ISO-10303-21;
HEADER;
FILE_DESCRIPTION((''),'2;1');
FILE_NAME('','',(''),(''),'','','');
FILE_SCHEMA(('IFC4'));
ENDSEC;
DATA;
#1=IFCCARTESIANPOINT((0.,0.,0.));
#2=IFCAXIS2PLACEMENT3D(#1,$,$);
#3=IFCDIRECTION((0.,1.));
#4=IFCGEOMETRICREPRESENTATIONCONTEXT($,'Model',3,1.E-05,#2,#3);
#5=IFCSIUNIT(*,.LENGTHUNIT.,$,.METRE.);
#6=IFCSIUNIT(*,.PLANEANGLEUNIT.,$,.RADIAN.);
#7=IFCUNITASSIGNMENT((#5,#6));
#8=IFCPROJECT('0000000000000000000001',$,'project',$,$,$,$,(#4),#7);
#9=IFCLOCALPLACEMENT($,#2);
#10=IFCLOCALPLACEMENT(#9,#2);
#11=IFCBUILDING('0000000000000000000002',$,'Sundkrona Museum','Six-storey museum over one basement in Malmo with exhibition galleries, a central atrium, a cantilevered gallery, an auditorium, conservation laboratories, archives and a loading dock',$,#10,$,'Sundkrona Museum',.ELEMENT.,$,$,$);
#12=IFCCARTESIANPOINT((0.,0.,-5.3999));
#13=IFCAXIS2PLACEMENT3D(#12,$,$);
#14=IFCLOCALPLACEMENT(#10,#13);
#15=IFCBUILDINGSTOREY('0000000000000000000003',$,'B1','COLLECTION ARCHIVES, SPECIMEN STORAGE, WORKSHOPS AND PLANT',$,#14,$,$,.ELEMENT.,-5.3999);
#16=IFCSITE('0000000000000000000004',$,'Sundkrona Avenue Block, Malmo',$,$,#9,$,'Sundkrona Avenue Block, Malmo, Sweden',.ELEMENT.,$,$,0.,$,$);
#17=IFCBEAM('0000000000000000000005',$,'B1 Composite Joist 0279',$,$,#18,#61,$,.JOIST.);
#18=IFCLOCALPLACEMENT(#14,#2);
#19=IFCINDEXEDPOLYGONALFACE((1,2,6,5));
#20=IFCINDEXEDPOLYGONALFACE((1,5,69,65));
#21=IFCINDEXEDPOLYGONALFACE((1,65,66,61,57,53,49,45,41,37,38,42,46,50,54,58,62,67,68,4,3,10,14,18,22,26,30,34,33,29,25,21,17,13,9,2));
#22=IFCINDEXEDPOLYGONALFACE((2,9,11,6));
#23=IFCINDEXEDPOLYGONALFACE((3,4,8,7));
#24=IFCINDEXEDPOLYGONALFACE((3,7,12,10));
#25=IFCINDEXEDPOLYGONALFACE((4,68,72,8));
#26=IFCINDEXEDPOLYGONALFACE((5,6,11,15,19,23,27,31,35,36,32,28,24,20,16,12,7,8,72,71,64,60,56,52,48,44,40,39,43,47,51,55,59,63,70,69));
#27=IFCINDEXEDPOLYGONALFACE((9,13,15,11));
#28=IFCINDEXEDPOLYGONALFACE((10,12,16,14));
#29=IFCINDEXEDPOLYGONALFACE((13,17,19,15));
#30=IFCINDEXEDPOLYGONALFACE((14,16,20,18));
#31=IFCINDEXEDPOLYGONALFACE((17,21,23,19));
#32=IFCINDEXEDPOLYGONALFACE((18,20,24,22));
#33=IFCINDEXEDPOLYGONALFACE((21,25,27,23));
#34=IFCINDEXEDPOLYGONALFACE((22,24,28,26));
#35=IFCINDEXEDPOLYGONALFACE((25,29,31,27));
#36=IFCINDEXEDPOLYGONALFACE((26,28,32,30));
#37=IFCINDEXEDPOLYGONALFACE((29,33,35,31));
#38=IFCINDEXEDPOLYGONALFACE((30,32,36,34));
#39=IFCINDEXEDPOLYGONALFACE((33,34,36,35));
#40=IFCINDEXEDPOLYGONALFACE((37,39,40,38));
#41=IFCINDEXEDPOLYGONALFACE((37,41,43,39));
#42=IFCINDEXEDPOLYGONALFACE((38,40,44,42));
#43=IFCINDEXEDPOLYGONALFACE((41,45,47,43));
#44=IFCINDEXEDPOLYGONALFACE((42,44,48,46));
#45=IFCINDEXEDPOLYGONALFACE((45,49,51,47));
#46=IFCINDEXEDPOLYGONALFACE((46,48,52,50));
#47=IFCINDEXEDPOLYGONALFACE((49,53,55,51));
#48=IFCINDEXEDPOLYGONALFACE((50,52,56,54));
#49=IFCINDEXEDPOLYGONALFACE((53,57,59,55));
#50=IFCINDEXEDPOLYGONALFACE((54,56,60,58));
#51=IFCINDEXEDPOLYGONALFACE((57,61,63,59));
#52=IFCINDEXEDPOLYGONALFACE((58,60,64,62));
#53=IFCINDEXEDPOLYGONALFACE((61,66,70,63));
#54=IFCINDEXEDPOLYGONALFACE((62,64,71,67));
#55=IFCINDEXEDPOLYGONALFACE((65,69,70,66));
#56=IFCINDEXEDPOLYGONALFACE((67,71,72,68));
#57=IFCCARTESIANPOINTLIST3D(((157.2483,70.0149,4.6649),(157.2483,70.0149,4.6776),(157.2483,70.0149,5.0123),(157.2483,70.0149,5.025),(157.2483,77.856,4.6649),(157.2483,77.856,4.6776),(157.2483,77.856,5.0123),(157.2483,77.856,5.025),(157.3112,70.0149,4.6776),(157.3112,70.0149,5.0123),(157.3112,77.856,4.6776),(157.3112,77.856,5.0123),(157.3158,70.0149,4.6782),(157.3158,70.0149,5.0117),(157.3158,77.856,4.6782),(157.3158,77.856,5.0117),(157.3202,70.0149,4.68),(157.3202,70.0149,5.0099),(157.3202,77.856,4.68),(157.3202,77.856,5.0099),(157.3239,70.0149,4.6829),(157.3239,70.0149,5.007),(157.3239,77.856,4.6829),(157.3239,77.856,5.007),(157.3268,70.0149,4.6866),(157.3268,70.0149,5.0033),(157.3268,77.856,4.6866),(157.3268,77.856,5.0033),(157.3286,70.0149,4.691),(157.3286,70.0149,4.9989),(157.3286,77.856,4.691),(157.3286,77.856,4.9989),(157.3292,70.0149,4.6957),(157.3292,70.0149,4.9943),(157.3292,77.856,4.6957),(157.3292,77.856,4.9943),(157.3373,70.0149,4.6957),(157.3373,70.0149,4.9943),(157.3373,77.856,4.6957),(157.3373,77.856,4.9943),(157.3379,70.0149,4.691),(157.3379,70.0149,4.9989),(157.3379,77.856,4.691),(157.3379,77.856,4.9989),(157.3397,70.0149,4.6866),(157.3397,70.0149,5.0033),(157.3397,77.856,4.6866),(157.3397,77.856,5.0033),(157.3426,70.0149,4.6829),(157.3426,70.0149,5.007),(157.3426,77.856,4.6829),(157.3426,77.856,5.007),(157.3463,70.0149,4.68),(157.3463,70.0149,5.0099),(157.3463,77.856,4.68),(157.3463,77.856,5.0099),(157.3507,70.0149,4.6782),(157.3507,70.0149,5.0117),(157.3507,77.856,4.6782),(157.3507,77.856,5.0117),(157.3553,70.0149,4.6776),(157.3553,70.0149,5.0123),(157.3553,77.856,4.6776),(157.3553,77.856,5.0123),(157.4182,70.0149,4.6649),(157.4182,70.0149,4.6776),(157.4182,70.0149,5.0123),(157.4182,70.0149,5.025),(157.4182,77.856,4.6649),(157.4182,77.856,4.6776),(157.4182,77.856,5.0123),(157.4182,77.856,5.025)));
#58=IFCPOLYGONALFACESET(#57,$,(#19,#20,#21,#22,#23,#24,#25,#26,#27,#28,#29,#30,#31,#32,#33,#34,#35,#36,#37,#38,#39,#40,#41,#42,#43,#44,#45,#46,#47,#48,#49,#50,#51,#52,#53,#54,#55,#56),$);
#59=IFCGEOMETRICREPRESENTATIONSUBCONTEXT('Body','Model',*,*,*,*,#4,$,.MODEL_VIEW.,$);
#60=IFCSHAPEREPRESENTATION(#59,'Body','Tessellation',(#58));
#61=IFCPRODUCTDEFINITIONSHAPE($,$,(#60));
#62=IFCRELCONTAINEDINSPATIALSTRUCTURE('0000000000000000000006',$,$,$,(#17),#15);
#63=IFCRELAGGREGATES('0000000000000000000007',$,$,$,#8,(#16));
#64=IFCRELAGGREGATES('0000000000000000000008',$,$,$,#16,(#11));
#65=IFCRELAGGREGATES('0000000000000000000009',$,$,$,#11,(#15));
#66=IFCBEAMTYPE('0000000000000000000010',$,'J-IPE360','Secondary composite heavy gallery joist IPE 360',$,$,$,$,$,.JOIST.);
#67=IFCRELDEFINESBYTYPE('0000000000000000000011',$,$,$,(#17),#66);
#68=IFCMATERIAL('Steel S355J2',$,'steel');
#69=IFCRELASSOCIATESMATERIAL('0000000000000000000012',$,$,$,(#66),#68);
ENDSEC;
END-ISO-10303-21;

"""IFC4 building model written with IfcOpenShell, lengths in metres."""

from ifc_helpers import new_model, si_unit, direction, frame, origin, origin_2d, place, context, subcontext, project, spatial, i_section, extrude, material, material_profile, profile_set, type_object, element, save


model = new_model("IFC4")

# Units and contexts
model_context = context("Model", 3, precision=1e-05, world=origin(), true_north=direction((0.0, 1.0)))
body_context = subcontext(model_context, "Body", "Model", "MODEL_VIEW")
ifc_project = project(units=[si_unit("LENGTHUNIT", "METRE"), si_unit("PLANEANGLEUNIT", "RADIAN")], contexts=[model_context])

# Site, building, storey
site_placement = place(None, origin())
site = spatial("IfcSite", under=ifc_project, at=site_placement, Name="Sundkrona Avenue Block, Malmo", LongName="Sundkrona Avenue Block, Malmo, Sweden", CompositionType="ELEMENT", RefElevation=0.0)
building_placement = place(site_placement, origin())
building = spatial("IfcBuilding", under=site, at=building_placement, Name="Sundkrona Museum", Description="Six-storey museum over one basement in Malmo with exhibition galleries, a central atrium, a cantilevered gallery, an auditorium, conservation laboratories, archives and a loading dock", LongName="Sundkrona Museum", CompositionType="ELEMENT")
storey_placement = place(building_placement, frame((0.0, 0.0, -5.3999)))
storey = spatial("IfcBuildingStorey", under=building, at=storey_placement, Name="B1", Description="COLLECTION ARCHIVES, SPECIMEN STORAGE, WORKSHOPS AND PLANT", CompositionType="ELEMENT", Elevation=-5.3999)

# Beam
ifc_material_1 = material(Name="Steel S355J2", Category="steel")
ifc_material_profile_1 = material_profile(ifc_material_1, i_section(OverallWidth=0.1699, OverallDepth=0.3601, WebThickness=0.0081, FlangeThickness=0.0127, FilletRadius=0.0181, at=origin_2d()), Name="IPE 360")
ifc_profile_set_1 = profile_set([ifc_material_profile_1], Name="Steel S355J2")
beam_type_1 = type_object("IfcBeamType", Name="J-IPE360", Description="Secondary composite heavy gallery joist IPE 360", PredefinedType="JOIST", material=ifc_profile_set_1)
for number, where, z_axis, x_axis, name in (
    (1, (157.3333, 70.0149, 4.845), (0.0, 1.0, 0.0), (-1.0, 0.0, 0.0), "B1 Composite Joist 0279"),
):
    element("IfcBeam", number, at=place(storey_placement, frame(where, z_axis=z_axis, x_axis=x_axis)), inside=storey, type_object=beam_type_1, Name=name, PredefinedType="JOIST", context=body_context, shape_type="SweptSolid", body=[
        extrude(i_section(OverallWidth=0.1699, OverallDepth=0.3601, WebThickness=0.0081, FlangeThickness=0.0127, FilletRadius=0.0181, at=origin_2d()), origin(), (0.0, 0.0, 1.0), 7.8411),
    ])

save(model, "model.ifc")
